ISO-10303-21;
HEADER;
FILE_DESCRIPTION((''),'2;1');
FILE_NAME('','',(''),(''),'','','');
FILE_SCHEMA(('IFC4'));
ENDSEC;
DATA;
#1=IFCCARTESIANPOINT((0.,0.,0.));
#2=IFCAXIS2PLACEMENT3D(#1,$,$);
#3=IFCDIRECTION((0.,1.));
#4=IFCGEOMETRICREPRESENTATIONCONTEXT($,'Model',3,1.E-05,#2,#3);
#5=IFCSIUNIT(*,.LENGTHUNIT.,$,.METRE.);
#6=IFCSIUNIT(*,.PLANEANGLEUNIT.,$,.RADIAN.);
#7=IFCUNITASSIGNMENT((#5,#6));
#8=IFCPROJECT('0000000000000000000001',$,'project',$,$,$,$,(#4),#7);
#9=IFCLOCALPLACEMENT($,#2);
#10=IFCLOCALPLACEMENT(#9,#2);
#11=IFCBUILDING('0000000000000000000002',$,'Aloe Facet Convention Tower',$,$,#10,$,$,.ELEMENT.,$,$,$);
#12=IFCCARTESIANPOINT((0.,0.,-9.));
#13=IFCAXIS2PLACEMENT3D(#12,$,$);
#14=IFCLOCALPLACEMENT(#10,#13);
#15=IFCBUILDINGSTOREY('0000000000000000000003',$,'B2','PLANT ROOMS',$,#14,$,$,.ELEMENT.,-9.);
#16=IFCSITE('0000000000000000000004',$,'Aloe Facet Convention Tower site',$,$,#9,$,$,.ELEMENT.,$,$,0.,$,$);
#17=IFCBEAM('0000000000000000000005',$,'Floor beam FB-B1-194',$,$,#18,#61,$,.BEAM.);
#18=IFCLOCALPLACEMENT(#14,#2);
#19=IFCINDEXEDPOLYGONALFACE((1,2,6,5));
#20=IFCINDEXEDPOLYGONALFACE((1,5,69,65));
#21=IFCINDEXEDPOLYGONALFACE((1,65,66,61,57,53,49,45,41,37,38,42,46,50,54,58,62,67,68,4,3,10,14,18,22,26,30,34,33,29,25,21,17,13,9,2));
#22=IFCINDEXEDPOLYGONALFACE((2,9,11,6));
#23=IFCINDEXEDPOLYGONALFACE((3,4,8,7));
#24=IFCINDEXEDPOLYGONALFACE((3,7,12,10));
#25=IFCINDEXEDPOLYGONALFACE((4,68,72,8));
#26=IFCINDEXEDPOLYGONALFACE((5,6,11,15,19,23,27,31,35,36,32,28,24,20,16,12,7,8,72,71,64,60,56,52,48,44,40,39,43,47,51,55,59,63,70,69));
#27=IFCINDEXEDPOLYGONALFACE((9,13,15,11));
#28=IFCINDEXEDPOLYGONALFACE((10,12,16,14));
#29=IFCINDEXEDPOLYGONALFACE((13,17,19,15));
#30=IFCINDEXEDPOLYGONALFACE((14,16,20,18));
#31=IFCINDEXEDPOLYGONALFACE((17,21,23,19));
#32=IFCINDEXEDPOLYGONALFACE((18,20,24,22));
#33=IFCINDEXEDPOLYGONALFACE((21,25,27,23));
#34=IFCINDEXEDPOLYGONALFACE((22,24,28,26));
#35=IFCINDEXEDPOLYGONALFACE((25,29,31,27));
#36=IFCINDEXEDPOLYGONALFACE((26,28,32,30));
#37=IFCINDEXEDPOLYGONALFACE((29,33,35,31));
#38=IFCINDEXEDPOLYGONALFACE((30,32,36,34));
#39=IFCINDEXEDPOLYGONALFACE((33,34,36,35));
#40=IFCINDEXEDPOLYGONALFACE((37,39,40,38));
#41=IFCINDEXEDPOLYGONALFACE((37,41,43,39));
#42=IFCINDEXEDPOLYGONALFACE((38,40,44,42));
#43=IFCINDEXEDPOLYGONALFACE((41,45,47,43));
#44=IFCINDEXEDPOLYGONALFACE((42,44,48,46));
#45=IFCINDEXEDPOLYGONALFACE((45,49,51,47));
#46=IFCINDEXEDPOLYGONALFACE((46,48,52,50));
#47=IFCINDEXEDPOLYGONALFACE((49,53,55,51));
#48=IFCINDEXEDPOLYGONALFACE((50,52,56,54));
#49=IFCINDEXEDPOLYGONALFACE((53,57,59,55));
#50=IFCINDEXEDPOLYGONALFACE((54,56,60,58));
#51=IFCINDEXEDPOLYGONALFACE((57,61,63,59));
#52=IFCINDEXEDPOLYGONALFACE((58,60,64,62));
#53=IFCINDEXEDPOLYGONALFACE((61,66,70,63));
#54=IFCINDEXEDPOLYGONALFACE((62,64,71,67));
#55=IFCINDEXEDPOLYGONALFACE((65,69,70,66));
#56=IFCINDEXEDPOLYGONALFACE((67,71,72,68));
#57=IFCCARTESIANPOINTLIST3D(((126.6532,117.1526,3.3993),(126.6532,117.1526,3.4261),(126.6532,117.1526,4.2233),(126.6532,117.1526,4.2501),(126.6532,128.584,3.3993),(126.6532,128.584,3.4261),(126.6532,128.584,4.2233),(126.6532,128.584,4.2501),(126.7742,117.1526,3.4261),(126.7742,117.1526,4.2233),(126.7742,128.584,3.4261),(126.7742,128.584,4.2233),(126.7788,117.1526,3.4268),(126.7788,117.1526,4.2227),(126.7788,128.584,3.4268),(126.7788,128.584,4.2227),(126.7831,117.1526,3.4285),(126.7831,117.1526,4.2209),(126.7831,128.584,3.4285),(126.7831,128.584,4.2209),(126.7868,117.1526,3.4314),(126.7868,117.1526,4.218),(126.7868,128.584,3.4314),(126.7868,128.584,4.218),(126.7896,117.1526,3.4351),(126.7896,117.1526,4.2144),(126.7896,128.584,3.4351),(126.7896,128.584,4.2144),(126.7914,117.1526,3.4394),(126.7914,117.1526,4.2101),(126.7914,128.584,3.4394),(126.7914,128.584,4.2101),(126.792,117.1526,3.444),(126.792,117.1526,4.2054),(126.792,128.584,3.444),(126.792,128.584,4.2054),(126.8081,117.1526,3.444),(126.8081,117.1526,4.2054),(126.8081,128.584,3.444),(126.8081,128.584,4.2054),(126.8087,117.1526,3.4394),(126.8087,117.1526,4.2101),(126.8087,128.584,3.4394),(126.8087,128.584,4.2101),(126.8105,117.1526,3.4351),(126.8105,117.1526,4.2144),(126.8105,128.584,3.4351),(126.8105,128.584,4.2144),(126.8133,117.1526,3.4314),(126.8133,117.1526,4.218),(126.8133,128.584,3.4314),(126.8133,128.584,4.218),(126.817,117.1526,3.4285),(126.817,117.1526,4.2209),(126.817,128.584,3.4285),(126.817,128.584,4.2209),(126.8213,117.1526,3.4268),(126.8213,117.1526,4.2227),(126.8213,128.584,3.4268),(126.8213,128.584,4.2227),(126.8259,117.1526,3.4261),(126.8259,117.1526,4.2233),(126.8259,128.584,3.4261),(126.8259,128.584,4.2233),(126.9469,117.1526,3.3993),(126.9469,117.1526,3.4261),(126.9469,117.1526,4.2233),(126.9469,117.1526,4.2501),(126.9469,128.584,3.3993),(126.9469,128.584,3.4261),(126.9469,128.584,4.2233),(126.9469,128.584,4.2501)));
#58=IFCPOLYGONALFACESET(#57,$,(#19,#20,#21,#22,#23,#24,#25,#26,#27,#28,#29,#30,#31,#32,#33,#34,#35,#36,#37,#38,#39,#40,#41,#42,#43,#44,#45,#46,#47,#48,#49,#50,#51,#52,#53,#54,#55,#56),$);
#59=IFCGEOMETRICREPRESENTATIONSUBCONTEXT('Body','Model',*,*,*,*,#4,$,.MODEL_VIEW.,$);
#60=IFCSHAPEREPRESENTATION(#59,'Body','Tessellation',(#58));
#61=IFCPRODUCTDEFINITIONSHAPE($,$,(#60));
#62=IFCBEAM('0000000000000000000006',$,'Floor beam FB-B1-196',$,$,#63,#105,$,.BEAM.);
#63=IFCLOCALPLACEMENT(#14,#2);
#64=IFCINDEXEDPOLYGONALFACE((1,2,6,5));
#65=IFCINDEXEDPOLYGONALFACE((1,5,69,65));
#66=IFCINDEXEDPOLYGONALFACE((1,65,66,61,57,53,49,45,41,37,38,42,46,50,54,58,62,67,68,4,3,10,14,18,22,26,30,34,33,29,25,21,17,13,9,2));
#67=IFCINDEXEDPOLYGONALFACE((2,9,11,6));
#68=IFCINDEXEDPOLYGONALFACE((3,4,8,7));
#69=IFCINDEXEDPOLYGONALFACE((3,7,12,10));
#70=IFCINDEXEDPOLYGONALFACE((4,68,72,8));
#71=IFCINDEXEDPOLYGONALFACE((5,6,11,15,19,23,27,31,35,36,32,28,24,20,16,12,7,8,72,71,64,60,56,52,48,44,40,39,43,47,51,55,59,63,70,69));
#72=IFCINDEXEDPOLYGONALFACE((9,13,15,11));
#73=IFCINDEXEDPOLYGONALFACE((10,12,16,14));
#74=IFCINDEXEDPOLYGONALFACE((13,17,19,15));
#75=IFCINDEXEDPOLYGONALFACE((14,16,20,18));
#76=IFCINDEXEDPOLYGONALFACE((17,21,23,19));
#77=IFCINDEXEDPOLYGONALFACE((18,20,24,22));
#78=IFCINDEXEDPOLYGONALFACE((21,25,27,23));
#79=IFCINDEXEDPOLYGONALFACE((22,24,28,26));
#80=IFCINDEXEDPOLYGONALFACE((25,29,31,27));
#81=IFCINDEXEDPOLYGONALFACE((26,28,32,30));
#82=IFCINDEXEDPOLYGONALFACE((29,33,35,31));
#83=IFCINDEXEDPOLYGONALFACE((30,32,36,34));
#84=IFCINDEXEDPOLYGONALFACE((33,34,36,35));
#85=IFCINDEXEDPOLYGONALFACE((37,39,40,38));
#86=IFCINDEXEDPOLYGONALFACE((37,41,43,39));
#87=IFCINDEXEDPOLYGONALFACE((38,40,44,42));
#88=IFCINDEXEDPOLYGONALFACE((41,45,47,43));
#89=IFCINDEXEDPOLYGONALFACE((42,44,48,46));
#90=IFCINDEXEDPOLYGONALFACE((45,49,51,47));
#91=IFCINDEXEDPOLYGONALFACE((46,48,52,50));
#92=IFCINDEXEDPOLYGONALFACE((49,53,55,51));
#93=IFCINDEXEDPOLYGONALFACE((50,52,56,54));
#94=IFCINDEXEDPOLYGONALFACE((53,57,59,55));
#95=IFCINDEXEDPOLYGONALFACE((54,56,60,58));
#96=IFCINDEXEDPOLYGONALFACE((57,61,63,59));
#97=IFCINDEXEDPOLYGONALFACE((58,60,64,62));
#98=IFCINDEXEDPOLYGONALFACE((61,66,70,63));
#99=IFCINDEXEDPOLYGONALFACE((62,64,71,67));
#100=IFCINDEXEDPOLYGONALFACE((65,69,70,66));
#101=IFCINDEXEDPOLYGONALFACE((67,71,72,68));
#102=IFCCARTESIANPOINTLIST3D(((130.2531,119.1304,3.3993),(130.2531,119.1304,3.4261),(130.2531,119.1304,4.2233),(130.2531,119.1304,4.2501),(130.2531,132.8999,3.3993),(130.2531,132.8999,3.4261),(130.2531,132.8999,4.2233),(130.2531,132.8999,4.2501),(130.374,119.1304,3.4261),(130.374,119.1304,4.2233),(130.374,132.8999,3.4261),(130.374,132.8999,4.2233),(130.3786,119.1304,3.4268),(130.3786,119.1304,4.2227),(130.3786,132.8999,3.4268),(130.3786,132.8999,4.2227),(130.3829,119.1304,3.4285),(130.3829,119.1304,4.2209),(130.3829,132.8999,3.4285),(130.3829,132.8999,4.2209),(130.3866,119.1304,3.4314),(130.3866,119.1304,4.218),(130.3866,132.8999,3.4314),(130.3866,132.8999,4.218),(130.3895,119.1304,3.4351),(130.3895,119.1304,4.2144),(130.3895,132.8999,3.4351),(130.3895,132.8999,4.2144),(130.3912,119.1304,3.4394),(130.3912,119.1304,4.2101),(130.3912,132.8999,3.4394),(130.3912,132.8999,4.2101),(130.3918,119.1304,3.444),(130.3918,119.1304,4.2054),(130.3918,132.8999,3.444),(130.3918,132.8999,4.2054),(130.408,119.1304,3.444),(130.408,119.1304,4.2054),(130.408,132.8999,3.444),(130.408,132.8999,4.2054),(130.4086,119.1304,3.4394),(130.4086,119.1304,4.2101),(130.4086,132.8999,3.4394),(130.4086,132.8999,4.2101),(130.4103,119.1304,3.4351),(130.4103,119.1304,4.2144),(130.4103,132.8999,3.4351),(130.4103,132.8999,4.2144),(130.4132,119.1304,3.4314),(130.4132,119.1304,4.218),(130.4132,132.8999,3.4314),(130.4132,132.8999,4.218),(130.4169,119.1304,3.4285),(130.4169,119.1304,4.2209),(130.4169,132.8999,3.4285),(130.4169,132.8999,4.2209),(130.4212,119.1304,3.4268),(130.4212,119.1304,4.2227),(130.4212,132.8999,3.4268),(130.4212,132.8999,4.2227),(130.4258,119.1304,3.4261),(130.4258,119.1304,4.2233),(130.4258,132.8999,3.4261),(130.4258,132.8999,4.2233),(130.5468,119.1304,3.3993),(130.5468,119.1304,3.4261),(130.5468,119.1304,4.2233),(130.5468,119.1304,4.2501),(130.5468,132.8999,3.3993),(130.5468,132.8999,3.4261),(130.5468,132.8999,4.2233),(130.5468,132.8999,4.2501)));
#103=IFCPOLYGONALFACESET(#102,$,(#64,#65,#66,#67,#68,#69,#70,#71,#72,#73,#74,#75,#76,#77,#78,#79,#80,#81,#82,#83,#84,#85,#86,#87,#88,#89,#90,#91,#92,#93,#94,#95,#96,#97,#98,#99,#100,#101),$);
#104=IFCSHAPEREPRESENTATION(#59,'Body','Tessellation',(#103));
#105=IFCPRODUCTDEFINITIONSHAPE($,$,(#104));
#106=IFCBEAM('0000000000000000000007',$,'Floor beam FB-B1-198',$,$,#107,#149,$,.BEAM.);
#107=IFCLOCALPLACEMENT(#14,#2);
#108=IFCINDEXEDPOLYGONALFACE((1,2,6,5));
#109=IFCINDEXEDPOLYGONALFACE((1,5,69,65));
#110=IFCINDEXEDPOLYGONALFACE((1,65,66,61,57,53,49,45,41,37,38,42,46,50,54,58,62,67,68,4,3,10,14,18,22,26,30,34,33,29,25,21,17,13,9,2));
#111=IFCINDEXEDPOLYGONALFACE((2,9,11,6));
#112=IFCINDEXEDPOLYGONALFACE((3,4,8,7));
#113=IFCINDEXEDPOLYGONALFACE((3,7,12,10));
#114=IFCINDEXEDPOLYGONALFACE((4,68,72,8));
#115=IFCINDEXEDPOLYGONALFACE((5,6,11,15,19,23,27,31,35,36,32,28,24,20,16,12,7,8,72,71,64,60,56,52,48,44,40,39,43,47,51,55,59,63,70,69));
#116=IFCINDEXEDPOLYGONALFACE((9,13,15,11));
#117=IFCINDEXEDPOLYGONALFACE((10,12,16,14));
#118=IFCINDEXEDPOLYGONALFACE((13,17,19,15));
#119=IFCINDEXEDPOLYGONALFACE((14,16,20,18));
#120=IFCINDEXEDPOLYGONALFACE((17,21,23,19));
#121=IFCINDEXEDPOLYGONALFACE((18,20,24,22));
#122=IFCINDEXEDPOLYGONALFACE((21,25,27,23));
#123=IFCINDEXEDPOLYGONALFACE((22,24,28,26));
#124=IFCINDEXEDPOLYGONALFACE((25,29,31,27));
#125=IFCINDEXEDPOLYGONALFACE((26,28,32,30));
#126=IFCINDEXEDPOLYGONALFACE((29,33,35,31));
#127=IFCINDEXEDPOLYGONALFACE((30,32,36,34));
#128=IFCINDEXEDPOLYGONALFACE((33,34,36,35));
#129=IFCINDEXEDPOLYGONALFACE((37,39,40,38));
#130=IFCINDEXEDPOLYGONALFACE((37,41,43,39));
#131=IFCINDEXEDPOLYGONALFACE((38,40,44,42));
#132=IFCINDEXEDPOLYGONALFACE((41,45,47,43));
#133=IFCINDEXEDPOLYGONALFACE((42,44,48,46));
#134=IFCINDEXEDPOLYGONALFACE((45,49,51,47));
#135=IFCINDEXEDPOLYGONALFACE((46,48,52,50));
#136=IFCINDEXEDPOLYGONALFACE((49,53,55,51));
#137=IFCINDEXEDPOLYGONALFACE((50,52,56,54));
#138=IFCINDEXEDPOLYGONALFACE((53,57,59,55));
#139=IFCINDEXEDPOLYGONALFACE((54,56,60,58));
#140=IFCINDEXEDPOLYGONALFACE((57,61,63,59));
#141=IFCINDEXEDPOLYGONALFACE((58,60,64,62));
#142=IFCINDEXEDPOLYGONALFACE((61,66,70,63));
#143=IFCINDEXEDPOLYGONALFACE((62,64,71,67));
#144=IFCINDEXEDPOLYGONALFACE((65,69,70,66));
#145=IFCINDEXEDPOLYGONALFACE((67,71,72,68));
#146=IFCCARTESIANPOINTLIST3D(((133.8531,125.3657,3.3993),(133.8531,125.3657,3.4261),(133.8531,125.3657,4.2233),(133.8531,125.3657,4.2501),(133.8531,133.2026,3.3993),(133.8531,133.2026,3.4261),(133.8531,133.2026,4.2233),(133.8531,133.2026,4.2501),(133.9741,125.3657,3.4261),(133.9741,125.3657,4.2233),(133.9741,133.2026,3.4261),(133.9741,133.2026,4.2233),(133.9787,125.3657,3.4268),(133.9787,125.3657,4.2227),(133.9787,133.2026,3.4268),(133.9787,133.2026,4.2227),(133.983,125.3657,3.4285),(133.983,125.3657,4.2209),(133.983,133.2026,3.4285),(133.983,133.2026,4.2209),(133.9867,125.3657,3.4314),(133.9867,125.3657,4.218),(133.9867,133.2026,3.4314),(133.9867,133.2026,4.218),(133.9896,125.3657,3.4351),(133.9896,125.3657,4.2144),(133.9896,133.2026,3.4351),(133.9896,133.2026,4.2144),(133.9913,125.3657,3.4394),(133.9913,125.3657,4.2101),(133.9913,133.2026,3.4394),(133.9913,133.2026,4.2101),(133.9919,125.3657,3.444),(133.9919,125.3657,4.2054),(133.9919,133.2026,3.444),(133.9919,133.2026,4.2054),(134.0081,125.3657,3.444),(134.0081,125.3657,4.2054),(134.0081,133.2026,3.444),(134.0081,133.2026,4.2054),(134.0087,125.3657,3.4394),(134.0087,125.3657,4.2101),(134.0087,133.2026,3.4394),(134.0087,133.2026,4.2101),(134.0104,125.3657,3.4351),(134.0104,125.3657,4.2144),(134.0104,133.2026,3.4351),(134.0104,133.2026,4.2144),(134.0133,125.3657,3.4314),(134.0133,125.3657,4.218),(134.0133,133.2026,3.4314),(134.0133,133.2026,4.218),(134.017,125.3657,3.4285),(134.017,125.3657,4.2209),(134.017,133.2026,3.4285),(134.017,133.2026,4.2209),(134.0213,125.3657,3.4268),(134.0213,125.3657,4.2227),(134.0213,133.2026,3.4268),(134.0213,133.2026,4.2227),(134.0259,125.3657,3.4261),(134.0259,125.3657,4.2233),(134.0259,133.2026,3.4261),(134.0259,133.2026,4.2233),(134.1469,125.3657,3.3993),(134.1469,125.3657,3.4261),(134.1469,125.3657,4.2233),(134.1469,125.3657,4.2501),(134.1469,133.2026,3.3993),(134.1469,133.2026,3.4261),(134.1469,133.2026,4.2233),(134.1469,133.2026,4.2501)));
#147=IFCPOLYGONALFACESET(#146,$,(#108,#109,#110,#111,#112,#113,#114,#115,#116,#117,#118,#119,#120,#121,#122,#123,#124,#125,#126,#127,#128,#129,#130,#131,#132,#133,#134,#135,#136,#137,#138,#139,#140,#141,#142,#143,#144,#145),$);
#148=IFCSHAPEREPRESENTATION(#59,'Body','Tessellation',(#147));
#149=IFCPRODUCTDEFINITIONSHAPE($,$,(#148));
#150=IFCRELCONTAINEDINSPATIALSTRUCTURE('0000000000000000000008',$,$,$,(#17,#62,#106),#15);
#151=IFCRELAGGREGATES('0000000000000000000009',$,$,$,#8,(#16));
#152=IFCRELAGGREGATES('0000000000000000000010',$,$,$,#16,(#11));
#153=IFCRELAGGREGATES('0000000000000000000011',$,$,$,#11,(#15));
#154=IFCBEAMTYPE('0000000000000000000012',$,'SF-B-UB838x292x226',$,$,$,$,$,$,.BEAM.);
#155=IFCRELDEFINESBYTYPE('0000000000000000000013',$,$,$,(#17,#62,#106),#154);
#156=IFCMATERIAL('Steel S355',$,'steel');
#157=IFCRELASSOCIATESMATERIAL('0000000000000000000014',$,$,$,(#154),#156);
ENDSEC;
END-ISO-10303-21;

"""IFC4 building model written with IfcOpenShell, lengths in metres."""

from ifc_helpers import new_model, si_unit, direction, frame, origin, origin_2d, place, context, subcontext, project, spatial, i_section, extrude, material, material_profile, profile_set, type_object, element, save


model = new_model("IFC4")

# Units and contexts
model_context = context("Model", 3, precision=1e-05, world=origin(), true_north=direction((0.0, 1.0)))
body_context = subcontext(model_context, "Body", "Model", "MODEL_VIEW")
ifc_project = project(units=[si_unit("LENGTHUNIT", "METRE"), si_unit("PLANEANGLEUNIT", "RADIAN")], contexts=[model_context])

# Site, building, storey
site_placement = place(None, origin())
site = spatial("IfcSite", under=ifc_project, at=site_placement, Name="Aloe Facet Convention Tower site", CompositionType="ELEMENT", RefElevation=0.0)
building_placement = place(site_placement, origin())
building = spatial("IfcBuilding", under=site, at=building_placement, Name="Aloe Facet Convention Tower", CompositionType="ELEMENT")
storey_placement = place(building_placement, frame((0.0, 0.0, -9.0)))
storey = spatial("IfcBuildingStorey", under=building, at=storey_placement, Name="B2", Description="PLANT ROOMS", CompositionType="ELEMENT", Elevation=-9.0)

# Beams
ifc_material_1 = material(Name="Steel S355", Category="steel")
ifc_material_profile_1 = material_profile(ifc_material_1, i_section(OverallWidth=0.2937, OverallDepth=0.8508, WebThickness=0.0161, FlangeThickness=0.0269, FilletRadius=0.0178, at=origin_2d()), Name="UB 838x292x226")
ifc_profile_set_1 = profile_set([ifc_material_profile_1], Name="Steel S355")
beam_type_1 = type_object("IfcBeamType", Name="SF-B-UB838x292x226", PredefinedType="BEAM", material=ifc_profile_set_1)
beam_1_placement = place(storey_placement, frame((126.8, 117.1526, 3.8247), z_axis=(0.0, 1.0, 0.0), x_axis=(-1.0, 0.0, 0.0)))
element("IfcBeam", 1, at=beam_1_placement, inside=storey, type_object=beam_type_1, Name="Floor beam FB-B1-194", PredefinedType="BEAM", context=body_context, shape_type="SweptSolid", body=[
    extrude(i_section(OverallWidth=0.2937, OverallDepth=0.8508, WebThickness=0.0161, FlangeThickness=0.0269, FilletRadius=0.0178, at=origin_2d()), origin(), (0.0, 0.0, 1.0), 11.4314),
])
beam_2_placement = place(storey_placement, frame((130.3999, 119.1304, 3.8247), z_axis=(0.0, 1.0, 0.0), x_axis=(-1.0, 0.0, 0.0)))
element("IfcBeam", 2, at=beam_2_placement, inside=storey, type_object=beam_type_1, Name="Floor beam FB-B1-196", PredefinedType="BEAM", context=body_context, shape_type="SweptSolid", body=[
    extrude(i_section(OverallWidth=0.2937, OverallDepth=0.8508, WebThickness=0.0161, FlangeThickness=0.0269, FilletRadius=0.0178, at=origin_2d()), origin(), (0.0, 0.0, 1.0), 13.7695),
])
beam_3_placement = place(storey_placement, frame((134.0, 125.3657, 3.8247), z_axis=(0.0, 1.0, 0.0), x_axis=(-1.0, 0.0, 0.0)))
element("IfcBeam", 3, at=beam_3_placement, inside=storey, type_object=beam_type_1, Name="Floor beam FB-B1-198", PredefinedType="BEAM", context=body_context, shape_type="SweptSolid", body=[
    extrude(i_section(OverallWidth=0.2937, OverallDepth=0.8508, WebThickness=0.0161, FlangeThickness=0.0269, FilletRadius=0.0178, at=origin_2d()), origin(), (0.0, 0.0, 1.0), 7.8369),
])

save(model, "model.ifc")
